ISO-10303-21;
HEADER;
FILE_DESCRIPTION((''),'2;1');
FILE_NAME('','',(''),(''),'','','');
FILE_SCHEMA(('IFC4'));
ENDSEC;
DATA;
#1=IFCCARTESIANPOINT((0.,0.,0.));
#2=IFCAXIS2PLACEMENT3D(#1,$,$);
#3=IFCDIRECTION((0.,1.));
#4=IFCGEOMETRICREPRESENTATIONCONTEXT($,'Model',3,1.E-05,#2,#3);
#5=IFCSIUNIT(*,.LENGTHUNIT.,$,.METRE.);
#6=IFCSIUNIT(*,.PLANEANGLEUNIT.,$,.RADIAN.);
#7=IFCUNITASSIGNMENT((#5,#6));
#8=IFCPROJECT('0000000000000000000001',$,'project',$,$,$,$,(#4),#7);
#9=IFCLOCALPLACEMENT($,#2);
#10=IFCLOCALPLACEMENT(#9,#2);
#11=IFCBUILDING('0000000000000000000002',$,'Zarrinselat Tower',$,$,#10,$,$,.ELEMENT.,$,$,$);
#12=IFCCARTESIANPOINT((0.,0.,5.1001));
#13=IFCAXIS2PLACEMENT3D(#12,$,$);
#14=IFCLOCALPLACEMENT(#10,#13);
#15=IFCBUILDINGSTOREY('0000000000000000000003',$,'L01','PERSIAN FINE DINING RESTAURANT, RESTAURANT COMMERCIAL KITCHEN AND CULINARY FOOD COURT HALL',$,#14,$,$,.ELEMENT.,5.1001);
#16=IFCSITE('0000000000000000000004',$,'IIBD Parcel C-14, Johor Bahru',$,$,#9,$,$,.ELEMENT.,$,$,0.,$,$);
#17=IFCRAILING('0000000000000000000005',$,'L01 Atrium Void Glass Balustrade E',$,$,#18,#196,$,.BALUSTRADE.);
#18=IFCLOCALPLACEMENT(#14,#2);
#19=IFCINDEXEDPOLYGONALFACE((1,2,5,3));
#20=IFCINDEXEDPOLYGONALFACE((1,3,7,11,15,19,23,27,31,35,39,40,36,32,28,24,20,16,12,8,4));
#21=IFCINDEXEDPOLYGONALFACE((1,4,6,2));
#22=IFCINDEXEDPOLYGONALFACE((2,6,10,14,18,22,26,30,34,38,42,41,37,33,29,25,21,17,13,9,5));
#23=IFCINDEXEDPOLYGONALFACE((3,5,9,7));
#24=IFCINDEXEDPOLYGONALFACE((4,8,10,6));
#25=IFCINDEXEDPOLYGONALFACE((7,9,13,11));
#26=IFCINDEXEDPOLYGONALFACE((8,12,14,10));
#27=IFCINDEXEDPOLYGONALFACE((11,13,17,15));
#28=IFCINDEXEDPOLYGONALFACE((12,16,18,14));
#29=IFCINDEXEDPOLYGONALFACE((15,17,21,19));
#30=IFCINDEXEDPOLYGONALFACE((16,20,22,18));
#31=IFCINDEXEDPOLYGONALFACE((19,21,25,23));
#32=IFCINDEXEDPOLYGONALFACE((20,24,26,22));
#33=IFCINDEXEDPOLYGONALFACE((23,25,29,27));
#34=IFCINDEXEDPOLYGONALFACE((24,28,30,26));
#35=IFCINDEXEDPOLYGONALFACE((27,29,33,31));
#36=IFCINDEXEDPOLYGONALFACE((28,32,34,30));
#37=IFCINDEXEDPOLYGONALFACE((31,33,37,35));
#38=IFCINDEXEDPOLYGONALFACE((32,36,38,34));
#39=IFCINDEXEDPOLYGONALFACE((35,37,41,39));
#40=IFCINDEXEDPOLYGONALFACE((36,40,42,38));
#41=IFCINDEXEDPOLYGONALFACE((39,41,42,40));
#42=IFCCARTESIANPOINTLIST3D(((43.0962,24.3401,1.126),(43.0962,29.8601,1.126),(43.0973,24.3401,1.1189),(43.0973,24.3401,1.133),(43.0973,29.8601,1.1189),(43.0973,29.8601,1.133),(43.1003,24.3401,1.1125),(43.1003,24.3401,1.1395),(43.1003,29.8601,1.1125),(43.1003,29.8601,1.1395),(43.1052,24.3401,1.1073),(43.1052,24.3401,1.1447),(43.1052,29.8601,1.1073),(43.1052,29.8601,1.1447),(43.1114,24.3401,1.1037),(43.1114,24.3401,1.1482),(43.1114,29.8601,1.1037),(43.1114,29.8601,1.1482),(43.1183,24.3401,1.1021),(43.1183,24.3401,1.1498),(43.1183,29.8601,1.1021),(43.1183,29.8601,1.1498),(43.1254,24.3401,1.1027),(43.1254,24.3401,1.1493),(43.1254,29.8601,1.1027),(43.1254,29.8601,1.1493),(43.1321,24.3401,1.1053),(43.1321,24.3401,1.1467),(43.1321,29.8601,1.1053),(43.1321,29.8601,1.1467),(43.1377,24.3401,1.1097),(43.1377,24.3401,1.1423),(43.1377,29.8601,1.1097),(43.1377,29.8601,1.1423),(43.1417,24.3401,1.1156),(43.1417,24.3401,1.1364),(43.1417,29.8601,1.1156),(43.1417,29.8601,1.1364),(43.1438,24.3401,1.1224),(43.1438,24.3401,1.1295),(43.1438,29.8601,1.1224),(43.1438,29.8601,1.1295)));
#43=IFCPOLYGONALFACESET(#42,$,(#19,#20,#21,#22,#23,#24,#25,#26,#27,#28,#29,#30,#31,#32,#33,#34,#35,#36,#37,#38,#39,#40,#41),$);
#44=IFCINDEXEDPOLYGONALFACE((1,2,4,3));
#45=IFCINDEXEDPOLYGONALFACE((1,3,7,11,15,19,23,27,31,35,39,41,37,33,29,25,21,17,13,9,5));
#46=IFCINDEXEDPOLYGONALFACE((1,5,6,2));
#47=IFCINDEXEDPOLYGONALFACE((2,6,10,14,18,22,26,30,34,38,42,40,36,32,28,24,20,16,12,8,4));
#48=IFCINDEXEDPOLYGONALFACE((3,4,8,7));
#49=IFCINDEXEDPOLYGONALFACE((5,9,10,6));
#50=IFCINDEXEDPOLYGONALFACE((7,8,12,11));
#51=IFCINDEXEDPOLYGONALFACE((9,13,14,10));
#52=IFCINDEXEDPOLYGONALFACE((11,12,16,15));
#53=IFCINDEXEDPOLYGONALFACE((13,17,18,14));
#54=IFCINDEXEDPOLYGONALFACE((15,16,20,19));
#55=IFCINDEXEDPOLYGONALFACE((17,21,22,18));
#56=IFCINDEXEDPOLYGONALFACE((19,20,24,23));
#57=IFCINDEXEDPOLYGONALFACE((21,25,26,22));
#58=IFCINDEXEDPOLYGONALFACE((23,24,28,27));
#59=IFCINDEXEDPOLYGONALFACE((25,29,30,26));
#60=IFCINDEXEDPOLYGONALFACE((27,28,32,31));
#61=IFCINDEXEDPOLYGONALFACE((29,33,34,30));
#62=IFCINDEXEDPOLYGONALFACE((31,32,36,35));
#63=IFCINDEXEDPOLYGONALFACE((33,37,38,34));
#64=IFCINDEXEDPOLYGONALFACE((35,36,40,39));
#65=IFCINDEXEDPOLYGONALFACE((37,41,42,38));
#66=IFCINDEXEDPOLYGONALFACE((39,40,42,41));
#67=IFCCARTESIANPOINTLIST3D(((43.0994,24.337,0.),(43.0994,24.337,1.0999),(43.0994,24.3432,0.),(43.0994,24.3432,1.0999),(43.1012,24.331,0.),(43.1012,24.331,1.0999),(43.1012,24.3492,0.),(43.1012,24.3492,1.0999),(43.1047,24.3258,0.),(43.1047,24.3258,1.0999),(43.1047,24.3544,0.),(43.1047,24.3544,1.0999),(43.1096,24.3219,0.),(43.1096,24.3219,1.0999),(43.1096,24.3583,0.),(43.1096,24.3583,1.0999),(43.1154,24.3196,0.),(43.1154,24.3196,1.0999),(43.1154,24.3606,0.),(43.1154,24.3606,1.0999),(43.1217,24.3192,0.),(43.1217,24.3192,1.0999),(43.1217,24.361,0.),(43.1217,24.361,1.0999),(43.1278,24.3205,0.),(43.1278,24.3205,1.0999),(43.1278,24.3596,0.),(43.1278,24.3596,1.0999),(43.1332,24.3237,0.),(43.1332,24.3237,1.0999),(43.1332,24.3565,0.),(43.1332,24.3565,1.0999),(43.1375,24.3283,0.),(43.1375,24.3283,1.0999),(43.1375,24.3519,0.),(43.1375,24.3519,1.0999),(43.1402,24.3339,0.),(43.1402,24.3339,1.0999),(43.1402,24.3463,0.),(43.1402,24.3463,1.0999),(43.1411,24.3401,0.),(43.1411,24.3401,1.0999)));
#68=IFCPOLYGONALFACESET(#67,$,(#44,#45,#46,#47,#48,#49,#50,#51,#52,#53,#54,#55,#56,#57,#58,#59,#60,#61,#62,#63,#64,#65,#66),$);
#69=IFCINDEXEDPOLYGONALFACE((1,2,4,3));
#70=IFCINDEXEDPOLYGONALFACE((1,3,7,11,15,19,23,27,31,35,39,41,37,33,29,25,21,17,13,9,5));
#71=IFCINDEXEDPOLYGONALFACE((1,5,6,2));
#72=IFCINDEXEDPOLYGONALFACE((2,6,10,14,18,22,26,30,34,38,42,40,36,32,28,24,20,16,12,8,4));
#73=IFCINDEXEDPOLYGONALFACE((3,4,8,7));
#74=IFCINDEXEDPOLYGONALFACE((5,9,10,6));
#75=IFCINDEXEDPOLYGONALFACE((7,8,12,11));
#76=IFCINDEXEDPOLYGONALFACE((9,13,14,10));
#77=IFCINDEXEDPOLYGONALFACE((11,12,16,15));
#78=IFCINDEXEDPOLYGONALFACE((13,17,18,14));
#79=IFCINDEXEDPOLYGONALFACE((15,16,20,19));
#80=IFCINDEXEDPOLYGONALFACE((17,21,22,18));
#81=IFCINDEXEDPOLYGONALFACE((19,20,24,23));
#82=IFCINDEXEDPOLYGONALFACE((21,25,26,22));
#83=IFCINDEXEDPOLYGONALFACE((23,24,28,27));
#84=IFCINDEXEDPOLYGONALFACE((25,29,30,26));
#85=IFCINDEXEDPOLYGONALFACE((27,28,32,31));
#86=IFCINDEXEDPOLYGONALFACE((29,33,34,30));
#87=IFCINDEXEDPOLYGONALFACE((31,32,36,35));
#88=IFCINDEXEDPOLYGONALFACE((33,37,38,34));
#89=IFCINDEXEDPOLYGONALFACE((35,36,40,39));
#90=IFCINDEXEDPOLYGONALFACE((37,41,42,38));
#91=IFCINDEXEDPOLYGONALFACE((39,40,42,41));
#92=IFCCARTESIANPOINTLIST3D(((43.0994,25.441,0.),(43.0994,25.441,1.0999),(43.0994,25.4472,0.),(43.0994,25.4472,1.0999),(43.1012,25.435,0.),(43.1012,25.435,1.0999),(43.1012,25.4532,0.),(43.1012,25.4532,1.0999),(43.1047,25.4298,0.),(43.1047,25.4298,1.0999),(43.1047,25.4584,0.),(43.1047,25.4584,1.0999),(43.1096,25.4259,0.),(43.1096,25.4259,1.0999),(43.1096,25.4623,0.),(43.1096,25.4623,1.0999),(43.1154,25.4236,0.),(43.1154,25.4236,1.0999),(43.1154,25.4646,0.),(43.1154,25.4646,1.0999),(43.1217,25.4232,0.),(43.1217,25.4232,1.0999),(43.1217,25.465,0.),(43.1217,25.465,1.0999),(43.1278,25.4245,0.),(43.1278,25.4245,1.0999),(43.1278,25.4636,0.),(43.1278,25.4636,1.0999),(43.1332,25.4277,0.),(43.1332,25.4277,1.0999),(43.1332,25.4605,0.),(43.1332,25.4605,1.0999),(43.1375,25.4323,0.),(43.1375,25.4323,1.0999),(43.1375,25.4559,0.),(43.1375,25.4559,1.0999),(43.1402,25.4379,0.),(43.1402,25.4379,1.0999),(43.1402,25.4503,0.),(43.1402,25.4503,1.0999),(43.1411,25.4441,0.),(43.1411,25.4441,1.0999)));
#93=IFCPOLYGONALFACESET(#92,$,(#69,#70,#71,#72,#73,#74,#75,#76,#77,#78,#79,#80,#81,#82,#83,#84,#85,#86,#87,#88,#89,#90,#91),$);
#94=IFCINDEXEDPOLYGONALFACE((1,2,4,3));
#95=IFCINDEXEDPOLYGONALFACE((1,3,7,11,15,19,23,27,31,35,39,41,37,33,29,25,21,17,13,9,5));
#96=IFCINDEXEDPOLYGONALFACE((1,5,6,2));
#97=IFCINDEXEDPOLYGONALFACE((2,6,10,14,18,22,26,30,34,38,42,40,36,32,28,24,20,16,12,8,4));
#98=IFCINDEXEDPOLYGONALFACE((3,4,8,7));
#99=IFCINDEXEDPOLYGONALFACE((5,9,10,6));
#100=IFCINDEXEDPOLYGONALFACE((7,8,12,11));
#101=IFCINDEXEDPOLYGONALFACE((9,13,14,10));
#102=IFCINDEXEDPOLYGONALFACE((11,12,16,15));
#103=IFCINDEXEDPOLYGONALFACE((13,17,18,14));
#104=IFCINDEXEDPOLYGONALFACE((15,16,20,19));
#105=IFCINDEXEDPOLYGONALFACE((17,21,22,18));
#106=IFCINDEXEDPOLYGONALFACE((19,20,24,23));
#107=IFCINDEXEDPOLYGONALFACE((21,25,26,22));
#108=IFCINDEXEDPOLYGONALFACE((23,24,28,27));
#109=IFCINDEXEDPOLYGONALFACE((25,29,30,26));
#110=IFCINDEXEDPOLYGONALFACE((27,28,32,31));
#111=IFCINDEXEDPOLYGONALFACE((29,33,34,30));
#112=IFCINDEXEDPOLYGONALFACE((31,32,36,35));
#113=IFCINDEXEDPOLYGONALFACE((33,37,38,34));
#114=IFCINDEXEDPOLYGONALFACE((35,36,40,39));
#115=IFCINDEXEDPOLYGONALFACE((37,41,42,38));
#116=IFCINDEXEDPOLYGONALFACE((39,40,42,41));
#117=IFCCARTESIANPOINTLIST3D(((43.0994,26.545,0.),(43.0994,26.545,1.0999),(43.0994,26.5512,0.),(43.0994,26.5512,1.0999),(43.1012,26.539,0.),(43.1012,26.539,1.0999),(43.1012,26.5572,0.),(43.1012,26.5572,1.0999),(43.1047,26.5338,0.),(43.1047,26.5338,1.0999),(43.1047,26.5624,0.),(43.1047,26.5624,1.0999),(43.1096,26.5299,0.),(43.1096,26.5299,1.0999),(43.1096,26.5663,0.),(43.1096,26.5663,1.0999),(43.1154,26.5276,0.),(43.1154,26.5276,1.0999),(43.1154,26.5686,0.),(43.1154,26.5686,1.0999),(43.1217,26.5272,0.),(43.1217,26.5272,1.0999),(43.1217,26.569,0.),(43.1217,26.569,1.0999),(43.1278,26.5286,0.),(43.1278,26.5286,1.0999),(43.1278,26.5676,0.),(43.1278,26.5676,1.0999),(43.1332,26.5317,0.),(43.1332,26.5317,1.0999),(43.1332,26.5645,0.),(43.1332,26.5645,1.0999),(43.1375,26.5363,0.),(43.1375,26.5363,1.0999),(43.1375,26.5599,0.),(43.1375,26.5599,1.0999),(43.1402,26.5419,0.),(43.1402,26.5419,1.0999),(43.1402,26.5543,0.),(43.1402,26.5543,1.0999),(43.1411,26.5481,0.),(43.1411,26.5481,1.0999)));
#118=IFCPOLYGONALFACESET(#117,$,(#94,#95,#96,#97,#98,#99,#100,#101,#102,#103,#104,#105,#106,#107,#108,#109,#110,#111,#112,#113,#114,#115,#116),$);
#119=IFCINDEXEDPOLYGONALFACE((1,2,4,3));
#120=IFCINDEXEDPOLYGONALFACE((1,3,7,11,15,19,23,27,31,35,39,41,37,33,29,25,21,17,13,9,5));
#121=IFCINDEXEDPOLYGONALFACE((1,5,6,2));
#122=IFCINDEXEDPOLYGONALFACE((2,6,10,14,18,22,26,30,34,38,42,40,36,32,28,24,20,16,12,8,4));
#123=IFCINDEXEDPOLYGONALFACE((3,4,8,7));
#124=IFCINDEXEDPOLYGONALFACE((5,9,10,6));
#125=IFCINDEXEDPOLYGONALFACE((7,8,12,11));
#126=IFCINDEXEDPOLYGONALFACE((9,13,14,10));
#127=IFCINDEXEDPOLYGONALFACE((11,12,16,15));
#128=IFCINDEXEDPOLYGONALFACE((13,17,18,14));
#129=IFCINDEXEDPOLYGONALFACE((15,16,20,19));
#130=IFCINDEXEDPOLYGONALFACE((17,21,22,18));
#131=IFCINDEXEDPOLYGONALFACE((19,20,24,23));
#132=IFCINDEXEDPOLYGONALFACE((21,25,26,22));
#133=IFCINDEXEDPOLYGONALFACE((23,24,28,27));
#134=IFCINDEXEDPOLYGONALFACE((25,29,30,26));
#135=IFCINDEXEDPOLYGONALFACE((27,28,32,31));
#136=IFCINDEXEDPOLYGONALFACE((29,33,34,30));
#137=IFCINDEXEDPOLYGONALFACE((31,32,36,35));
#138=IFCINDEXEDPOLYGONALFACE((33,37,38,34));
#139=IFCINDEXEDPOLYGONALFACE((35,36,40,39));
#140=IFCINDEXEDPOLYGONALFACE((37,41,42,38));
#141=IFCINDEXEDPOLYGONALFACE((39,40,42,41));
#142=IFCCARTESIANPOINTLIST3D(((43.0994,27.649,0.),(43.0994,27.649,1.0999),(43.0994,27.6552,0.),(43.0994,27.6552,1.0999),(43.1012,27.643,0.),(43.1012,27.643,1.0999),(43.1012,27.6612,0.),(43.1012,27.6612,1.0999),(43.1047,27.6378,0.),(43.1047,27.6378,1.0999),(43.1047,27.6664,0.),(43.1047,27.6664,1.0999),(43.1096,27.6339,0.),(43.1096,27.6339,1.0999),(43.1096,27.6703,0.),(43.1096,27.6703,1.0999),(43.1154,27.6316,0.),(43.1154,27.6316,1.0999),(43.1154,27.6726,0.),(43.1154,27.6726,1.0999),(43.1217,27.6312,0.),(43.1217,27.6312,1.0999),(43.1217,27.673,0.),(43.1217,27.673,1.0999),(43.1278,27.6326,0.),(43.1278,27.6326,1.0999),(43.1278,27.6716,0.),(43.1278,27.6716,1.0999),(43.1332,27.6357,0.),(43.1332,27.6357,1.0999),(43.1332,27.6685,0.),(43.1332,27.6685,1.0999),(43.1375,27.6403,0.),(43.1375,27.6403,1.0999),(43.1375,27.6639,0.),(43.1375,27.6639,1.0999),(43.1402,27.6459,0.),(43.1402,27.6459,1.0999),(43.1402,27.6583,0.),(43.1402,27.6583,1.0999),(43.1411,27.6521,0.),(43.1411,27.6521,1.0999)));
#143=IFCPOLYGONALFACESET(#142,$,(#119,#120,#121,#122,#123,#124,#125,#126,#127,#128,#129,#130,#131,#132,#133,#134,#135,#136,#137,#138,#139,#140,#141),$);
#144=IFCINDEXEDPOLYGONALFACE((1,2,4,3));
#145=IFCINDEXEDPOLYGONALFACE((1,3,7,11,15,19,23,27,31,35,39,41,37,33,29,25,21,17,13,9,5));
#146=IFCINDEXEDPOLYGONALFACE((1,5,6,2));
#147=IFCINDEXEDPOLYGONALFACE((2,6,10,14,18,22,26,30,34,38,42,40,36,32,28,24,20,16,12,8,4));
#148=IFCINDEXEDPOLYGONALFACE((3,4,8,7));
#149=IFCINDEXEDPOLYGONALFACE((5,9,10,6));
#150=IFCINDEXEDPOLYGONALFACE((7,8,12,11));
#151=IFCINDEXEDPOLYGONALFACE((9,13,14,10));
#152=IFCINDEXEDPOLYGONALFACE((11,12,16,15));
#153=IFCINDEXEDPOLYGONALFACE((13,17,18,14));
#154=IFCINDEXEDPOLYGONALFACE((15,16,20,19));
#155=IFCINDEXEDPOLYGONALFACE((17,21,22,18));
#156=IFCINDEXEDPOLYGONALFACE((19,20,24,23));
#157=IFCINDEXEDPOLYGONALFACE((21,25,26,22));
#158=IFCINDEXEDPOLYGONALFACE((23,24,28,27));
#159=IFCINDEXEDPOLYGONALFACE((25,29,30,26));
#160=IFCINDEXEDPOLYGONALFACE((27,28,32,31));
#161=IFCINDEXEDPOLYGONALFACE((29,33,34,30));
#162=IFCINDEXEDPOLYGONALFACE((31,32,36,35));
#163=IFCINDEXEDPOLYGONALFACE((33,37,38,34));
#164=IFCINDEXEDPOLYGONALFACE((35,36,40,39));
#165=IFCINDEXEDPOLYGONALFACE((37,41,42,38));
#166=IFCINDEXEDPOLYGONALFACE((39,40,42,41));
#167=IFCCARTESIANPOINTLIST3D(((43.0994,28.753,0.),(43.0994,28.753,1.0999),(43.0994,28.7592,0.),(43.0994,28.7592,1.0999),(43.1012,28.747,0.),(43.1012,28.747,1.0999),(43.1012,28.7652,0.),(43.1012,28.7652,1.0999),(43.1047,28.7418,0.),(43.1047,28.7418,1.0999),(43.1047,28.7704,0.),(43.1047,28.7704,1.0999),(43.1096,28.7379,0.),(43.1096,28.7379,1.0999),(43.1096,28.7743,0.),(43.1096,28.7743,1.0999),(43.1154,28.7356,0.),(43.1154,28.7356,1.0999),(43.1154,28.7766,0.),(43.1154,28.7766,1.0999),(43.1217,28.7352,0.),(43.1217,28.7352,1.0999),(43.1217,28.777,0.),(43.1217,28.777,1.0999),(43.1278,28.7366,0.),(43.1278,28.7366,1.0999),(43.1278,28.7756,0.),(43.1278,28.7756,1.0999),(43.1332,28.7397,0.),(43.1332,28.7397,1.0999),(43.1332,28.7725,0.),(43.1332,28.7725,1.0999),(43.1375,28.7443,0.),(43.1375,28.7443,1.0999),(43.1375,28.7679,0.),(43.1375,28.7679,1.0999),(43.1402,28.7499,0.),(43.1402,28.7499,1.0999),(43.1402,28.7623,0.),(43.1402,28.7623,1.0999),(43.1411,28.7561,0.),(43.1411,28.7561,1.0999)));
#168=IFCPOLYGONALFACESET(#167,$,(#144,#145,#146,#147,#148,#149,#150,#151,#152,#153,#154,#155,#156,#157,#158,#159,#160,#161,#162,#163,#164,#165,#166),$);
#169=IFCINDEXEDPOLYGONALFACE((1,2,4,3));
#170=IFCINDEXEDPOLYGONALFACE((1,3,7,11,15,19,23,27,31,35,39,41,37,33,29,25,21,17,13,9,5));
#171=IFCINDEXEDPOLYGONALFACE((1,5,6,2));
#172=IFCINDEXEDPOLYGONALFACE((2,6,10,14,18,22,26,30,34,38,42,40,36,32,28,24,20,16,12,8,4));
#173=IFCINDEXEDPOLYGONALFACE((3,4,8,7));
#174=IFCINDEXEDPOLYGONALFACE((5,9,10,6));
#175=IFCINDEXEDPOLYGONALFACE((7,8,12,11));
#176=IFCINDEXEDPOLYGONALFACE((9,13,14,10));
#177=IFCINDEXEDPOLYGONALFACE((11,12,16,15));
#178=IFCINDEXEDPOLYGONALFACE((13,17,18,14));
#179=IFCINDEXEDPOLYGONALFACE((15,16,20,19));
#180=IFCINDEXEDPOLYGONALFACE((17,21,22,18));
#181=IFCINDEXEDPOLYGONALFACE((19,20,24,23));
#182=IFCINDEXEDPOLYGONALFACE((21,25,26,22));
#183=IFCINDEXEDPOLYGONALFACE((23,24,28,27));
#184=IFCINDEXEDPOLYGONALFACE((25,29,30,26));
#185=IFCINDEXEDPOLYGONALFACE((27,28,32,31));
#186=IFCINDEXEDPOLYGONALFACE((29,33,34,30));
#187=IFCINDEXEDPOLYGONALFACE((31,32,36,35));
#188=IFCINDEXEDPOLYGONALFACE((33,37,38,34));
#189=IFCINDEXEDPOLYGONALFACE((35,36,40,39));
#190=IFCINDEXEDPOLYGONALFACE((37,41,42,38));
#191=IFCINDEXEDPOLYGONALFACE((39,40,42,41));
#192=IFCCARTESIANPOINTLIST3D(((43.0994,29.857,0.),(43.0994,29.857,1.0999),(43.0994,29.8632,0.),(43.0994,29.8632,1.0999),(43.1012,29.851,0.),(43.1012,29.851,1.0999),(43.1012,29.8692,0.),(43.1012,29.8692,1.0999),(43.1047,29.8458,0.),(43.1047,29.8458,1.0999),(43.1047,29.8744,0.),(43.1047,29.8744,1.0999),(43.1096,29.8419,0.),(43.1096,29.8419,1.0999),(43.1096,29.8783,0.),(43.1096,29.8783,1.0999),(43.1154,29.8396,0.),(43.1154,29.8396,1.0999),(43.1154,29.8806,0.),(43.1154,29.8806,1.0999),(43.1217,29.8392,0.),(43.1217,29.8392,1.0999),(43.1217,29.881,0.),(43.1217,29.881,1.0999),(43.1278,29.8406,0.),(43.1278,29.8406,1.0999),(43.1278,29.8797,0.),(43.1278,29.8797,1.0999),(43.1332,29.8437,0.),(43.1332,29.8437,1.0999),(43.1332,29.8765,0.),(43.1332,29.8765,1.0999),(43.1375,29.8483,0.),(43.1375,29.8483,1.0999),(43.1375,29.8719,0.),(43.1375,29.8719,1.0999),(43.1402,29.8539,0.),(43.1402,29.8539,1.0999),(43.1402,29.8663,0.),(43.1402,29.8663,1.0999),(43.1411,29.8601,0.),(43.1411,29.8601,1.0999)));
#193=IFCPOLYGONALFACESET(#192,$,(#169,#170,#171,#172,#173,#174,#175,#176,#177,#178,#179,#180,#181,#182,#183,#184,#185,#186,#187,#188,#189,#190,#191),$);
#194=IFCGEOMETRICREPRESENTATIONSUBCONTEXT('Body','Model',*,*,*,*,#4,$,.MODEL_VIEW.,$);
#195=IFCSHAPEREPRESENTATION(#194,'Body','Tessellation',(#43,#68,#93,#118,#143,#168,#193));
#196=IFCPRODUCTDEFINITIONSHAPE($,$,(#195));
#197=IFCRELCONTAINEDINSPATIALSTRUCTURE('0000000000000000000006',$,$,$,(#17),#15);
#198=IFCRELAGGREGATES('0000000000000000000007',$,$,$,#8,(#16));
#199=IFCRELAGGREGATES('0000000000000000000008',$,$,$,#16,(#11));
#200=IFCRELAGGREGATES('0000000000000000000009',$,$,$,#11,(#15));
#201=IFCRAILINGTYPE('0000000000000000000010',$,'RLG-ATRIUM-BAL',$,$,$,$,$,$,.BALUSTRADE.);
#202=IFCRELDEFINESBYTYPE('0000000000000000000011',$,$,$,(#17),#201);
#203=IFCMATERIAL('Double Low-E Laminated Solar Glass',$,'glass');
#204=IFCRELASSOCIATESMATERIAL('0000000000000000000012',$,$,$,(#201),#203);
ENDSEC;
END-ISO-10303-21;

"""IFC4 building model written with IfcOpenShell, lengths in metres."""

from ifc_helpers import new_model, si_unit, direction, frame, origin, origin_2d, place, context, subcontext, project, spatial, circle, extrude, material, type_object, element, save


model = new_model("IFC4")

# Units and contexts
model_context = context("Model", 3, precision=1e-05, world=origin(), true_north=direction((0.0, 1.0)))
body_context = subcontext(model_context, "Body", "Model", "MODEL_VIEW")
ifc_project = project(units=[si_unit("LENGTHUNIT", "METRE"), si_unit("PLANEANGLEUNIT", "RADIAN")], contexts=[model_context])

# Site, building, storey
site_placement = place(None, origin())
site = spatial("IfcSite", under=ifc_project, at=site_placement, Name="IIBD Parcel C-14, Johor Bahru", CompositionType="ELEMENT", RefElevation=0.0)
building_placement = place(site_placement, origin())
building = spatial("IfcBuilding", under=site, at=building_placement, Name="Zarrinselat Tower", CompositionType="ELEMENT")
storey_placement = place(building_placement, frame((0.0, 0.0, 5.1001)))
storey = spatial("IfcBuildingStorey", under=building, at=storey_placement, Name="L01", Description="PERSIAN FINE DINING RESTAURANT, RESTAURANT COMMERCIAL KITCHEN AND CULINARY FOOD COURT HALL", CompositionType="ELEMENT", Elevation=5.1001)

# Railing
ifc_material_1 = material(Name="Double Low-E Laminated Solar Glass", Category="glass")
railing_type = type_object("IfcRailingType", Name="RLG-ATRIUM-BAL", PredefinedType="BALUSTRADE", material=ifc_material_1)
railing_1_placement = place(storey_placement, frame((43.1201, 24.3401, 0.0)))
element("IfcRailing", 1, at=railing_1_placement, inside=storey, type_object=railing_type, Name="L01 Atrium Void Glass Balustrade E", PredefinedType="BALUSTRADE", context=body_context, shape_type="SweptSolid", body=[
    extrude(circle(Radius=0.0239, at=origin_2d()), frame((0.0, 0.0, 1.126), z_axis=(0.0, 1.0, 0.0), x_axis=(-1.0, 0.0, 0.0)), (0.0, 0.0, 1.0), 5.52),
    extrude(circle(Radius=0.021, at=origin_2d()), origin(), (0.0, 0.0, 1.0), 1.0999),
    extrude(circle(Radius=0.021, at=origin_2d()), frame((0.0, 1.104, 0.0)), (0.0, 0.0, 1.0), 1.0999),
    extrude(circle(Radius=0.021, at=origin_2d()), frame((0.0, 2.208, 0.0)), (0.0, 0.0, 1.0), 1.0999),
    extrude(circle(Radius=0.021, at=origin_2d()), frame((0.0, 3.312, 0.0)), (0.0, 0.0, 1.0), 1.0999),
    extrude(circle(Radius=0.021, at=origin_2d()), frame((0.0, 4.416, 0.0)), (0.0, 0.0, 1.0), 1.0999),
    extrude(circle(Radius=0.021, at=origin_2d()), frame((0.0, 5.52, 0.0)), (0.0, 0.0, 1.0), 1.0999),
])

save(model, "model.ifc")
